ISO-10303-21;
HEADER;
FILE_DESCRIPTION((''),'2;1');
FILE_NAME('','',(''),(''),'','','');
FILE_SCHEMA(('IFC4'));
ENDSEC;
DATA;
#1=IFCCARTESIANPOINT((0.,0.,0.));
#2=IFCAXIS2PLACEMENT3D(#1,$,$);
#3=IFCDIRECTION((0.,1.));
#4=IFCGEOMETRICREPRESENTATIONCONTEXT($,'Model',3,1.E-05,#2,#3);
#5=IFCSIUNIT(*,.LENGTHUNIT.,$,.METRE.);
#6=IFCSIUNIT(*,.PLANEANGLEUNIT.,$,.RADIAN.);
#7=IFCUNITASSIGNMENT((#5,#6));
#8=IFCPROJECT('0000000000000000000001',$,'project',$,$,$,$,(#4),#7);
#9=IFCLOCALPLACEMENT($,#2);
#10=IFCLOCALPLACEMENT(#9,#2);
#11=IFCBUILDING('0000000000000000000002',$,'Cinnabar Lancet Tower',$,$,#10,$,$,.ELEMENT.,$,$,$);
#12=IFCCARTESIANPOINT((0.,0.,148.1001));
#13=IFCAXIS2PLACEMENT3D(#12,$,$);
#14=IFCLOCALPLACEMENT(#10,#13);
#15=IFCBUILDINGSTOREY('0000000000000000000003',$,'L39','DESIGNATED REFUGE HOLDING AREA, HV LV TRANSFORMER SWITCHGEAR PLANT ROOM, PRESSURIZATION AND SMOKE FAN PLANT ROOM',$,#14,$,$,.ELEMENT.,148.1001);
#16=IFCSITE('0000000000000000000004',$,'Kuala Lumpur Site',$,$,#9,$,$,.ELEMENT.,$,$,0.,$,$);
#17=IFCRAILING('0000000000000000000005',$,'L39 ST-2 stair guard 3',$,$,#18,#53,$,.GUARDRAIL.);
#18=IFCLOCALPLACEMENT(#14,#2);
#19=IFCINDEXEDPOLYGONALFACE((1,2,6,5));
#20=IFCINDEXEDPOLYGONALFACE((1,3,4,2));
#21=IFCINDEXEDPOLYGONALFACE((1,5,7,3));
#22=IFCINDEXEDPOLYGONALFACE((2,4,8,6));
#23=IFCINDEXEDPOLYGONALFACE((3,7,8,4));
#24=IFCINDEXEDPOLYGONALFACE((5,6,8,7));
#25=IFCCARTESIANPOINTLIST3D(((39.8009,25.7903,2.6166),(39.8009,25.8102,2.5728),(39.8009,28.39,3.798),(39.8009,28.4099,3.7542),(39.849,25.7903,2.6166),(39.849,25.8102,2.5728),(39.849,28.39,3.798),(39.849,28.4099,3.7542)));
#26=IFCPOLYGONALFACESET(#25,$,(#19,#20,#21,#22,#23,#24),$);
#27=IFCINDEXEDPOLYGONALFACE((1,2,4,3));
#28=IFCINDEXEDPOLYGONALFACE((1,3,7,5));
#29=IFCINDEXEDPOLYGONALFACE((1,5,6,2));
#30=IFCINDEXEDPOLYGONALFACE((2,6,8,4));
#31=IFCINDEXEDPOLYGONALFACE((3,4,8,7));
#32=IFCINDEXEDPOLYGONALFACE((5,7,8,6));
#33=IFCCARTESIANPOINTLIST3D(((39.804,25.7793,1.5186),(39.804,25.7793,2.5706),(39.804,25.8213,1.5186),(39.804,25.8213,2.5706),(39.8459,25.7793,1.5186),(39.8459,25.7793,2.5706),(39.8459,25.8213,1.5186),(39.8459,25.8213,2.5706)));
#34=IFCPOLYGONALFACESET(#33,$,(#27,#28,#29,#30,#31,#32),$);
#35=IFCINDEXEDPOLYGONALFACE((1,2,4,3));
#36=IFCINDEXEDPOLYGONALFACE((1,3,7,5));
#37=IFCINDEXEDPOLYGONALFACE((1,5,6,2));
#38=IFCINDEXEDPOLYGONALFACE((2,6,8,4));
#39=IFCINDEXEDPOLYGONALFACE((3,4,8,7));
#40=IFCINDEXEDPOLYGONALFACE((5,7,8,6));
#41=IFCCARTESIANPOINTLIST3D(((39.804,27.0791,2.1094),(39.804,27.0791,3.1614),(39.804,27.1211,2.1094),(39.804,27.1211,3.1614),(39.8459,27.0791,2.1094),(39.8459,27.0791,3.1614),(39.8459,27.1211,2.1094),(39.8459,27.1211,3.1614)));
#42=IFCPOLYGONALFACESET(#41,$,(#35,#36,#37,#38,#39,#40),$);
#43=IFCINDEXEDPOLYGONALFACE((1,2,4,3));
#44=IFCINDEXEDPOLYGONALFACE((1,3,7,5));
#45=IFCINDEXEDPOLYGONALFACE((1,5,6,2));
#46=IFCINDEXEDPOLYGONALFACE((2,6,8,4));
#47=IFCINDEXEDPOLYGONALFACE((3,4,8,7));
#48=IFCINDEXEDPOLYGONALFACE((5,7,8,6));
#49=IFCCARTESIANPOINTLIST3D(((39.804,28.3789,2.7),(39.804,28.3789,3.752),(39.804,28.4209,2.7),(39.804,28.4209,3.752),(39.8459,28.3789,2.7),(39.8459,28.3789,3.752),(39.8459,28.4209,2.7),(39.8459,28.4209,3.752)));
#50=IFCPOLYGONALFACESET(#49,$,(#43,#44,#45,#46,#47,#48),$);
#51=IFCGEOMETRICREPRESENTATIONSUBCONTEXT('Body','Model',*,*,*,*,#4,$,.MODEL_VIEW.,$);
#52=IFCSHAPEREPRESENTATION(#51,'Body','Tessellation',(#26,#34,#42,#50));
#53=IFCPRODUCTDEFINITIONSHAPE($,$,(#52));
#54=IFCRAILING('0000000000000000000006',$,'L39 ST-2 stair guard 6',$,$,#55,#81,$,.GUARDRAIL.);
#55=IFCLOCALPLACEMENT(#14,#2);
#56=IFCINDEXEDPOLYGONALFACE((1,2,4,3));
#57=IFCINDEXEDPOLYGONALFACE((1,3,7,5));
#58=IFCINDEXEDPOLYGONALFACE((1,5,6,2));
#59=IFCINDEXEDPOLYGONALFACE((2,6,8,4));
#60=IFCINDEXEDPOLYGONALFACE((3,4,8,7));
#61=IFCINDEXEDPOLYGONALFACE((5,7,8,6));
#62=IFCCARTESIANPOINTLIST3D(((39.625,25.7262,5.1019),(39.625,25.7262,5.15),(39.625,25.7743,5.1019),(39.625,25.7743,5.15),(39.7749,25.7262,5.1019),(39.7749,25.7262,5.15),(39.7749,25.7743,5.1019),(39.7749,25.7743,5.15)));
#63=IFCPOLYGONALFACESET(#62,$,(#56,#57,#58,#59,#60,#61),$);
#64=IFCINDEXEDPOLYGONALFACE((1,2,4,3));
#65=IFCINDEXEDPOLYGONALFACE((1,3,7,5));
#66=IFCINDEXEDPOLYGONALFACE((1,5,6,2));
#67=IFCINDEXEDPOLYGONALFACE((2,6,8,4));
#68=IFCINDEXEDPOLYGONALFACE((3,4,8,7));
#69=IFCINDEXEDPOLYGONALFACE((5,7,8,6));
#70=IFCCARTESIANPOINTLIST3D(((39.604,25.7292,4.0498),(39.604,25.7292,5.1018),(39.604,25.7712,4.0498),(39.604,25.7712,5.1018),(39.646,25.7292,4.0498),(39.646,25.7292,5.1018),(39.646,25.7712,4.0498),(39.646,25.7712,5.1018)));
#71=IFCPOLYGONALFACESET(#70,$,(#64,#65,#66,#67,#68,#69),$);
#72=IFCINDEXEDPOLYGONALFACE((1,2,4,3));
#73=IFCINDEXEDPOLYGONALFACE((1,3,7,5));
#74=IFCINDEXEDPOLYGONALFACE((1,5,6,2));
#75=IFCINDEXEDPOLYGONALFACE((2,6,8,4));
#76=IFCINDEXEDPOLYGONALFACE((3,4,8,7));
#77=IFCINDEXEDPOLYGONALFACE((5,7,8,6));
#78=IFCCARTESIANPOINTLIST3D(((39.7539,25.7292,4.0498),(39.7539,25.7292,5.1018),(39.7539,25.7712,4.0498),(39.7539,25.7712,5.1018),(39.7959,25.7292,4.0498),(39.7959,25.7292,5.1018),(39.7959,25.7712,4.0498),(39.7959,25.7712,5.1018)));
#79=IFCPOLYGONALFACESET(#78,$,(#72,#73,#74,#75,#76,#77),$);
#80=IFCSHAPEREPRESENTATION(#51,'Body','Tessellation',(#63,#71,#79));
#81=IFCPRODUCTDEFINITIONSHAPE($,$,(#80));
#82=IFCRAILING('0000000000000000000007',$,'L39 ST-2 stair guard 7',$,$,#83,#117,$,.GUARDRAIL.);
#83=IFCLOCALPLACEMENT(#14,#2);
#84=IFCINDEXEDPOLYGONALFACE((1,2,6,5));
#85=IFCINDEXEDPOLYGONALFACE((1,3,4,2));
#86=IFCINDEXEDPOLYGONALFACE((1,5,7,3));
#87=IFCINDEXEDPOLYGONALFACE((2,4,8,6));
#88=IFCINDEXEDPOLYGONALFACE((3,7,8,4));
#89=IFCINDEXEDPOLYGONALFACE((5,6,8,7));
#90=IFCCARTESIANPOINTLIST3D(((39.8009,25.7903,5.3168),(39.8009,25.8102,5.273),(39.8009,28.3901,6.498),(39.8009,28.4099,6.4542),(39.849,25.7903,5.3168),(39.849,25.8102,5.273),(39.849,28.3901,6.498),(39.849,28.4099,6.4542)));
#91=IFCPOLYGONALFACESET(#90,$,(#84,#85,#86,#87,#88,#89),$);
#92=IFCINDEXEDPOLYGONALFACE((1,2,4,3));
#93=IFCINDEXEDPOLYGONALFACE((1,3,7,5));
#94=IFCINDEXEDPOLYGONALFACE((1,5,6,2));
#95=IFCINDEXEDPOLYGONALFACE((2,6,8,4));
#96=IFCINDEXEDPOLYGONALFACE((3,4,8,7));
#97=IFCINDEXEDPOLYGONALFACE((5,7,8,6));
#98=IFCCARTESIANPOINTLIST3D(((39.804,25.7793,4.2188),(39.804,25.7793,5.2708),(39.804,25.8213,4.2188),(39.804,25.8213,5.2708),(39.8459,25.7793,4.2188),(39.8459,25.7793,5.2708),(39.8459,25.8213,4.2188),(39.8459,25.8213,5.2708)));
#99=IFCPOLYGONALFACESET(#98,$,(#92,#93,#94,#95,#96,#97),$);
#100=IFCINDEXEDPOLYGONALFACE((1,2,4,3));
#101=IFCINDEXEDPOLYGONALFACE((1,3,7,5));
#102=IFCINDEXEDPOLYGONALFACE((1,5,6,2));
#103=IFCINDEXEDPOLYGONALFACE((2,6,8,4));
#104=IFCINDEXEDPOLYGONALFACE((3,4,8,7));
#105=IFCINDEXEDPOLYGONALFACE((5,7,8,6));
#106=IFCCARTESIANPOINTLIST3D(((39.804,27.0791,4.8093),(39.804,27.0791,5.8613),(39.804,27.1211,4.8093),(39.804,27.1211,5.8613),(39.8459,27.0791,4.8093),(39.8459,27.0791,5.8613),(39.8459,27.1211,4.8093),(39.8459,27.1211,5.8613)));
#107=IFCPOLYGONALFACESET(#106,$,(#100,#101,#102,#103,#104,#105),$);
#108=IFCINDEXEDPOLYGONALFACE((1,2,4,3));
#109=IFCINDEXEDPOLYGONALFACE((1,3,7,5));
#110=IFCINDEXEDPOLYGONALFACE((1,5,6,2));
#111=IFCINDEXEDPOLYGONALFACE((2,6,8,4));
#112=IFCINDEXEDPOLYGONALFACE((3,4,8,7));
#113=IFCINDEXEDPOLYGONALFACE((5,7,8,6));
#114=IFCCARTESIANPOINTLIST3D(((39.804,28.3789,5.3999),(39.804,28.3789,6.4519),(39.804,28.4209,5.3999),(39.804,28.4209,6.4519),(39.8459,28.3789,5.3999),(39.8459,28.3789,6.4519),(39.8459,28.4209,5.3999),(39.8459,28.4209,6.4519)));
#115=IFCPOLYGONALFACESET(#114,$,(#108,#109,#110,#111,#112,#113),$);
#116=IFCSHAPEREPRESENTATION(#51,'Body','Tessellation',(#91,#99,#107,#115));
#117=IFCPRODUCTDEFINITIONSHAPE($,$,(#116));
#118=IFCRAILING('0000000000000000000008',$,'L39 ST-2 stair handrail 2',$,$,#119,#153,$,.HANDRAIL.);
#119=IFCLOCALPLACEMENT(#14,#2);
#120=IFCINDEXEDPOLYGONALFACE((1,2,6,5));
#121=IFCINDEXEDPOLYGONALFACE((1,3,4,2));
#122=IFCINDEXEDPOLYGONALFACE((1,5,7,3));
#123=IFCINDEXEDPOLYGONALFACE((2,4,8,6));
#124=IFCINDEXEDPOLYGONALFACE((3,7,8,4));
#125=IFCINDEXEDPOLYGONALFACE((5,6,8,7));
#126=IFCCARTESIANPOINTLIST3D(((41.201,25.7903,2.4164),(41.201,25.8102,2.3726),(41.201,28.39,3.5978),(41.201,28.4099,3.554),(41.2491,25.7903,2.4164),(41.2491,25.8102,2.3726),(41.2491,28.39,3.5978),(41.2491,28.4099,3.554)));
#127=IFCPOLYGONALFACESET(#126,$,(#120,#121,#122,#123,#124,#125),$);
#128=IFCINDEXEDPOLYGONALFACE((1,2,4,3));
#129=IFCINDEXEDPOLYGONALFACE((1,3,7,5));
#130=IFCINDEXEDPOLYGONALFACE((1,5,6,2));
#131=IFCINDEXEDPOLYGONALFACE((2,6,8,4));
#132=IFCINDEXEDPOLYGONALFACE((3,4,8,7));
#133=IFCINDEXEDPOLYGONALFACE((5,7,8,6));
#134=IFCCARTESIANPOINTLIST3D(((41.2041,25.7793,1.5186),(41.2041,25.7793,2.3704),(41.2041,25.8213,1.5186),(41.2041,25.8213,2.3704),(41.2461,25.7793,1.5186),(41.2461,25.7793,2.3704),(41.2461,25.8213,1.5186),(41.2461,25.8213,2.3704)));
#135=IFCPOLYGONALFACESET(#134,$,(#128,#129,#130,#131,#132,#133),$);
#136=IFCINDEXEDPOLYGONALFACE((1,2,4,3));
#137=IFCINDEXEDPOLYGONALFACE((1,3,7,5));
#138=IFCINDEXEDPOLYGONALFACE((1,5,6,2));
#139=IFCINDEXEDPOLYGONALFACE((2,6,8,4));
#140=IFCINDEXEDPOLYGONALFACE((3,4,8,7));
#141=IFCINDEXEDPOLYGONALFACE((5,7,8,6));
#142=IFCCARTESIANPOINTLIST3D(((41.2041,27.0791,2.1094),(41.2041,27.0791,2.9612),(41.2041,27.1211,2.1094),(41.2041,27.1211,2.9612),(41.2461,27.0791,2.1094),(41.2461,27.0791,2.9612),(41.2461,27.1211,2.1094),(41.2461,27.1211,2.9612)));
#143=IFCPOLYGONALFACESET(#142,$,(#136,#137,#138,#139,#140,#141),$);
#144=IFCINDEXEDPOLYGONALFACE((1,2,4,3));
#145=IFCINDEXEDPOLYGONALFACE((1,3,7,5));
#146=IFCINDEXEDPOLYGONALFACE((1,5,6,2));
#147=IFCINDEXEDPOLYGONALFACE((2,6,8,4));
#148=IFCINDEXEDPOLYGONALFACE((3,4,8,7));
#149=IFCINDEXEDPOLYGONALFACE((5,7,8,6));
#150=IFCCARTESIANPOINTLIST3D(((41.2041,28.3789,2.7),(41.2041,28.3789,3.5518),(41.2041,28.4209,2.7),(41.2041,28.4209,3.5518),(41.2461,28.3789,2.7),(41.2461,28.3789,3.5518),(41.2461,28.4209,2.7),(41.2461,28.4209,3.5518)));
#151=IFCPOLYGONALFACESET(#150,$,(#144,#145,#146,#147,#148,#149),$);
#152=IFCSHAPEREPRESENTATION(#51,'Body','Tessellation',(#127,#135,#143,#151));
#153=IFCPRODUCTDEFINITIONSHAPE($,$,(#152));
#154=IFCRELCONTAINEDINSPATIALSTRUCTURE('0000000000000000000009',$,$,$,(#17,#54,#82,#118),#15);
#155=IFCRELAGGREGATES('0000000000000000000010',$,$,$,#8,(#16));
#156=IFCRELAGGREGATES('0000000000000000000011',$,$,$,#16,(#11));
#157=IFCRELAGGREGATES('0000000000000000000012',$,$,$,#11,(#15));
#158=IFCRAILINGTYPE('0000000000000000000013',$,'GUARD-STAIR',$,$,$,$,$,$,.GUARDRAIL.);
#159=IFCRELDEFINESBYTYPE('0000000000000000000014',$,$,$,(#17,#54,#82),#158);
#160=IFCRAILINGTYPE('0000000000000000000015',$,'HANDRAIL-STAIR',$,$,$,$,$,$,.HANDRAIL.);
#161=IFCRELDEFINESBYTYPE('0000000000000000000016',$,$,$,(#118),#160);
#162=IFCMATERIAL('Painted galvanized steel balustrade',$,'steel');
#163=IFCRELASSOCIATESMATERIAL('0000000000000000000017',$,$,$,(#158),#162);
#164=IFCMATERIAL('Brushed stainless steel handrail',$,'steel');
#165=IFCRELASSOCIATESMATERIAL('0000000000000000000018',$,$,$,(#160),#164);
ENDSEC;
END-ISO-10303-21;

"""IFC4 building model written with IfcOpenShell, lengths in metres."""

from ifc_helpers import new_model, si_unit, direction, frame, origin, origin_2d, place, context, subcontext, project, spatial, rectangle, extrude, material, type_object, element, save


model = new_model("IFC4")

# Units and contexts
model_context = context("Model", 3, precision=1e-05, world=origin(), true_north=direction((0.0, 1.0)))
body_context = subcontext(model_context, "Body", "Model", "MODEL_VIEW")
ifc_project = project(units=[si_unit("LENGTHUNIT", "METRE"), si_unit("PLANEANGLEUNIT", "RADIAN")], contexts=[model_context])

# Site, building, storey
site_placement = place(None, origin())
site = spatial("IfcSite", under=ifc_project, at=site_placement, Name="Kuala Lumpur Site", CompositionType="ELEMENT", RefElevation=0.0)
building_placement = place(site_placement, origin())
building = spatial("IfcBuilding", under=site, at=building_placement, Name="Cinnabar Lancet Tower", CompositionType="ELEMENT")
storey_placement = place(building_placement, frame((0.0, 0.0, 148.1001)))
storey = spatial("IfcBuildingStorey", under=building, at=storey_placement, Name="L39", Description="DESIGNATED REFUGE HOLDING AREA, HV LV TRANSFORMER SWITCHGEAR PLANT ROOM, PRESSURIZATION AND SMOKE FAN PLANT ROOM", CompositionType="ELEMENT", Elevation=148.1001)

# Railings
ifc_material_1 = material(Name="Painted galvanized steel balustrade", Category="steel")
railing_type_1 = type_object("IfcRailingType", Name="GUARD-STAIR", PredefinedType="GUARDRAIL", material=ifc_material_1)
railing_1_placement = place(storey_placement, frame((39.825, 25.8003, 1.5186)))
element("IfcRailing", 1, at=railing_1_placement, inside=storey, type_object=railing_type_1, Name="L39 ST-2 stair guard 3", PredefinedType="GUARDRAIL", context=body_context, shape_type="SweptSolid", body=[
    extrude(rectangle(XDim=0.0481, YDim=0.0481, at=origin_2d()), frame((0.0, 0.0, 1.0762), z_axis=(0.0, 0.910399, 0.413732), x_axis=(-1.0, 0.0, 0.0)), (0.0, 0.0, 1.0), 2.8555),
    extrude(rectangle(XDim=0.042, YDim=0.042, at=origin_2d()), origin(), (0.0, 0.0, 1.0), 1.052),
    extrude(rectangle(XDim=0.042, YDim=0.042, at=origin_2d()), frame((0.0, 1.2998, 0.5908)), (0.0, 0.0, 1.0), 1.052),
    extrude(rectangle(XDim=0.042, YDim=0.042, at=origin_2d()), frame((0.0, 2.5996, 1.1814)), (0.0, 0.0, 1.0), 1.052),
])
railing_2_placement = place(storey_placement, frame((39.625, 25.7502, 4.0498)))
element("IfcRailing", 2, at=railing_2_placement, inside=storey, type_object=railing_type_1, Name="L39 ST-2 stair guard 6", PredefinedType="GUARDRAIL", context=body_context, shape_type="SweptSolid", body=[
    extrude(rectangle(XDim=0.0481, YDim=0.0481, at=origin_2d()), frame((0.0, 0.0, 1.0762), z_axis=(1.0, 0.0, 0.0), x_axis=(0.0, 1.0, 0.0)), (0.0, 0.0, 1.0), 0.1499),
    extrude(rectangle(XDim=0.042, YDim=0.042, at=origin_2d()), origin(), (0.0, 0.0, 1.0), 1.052),
    extrude(rectangle(XDim=0.042, YDim=0.042, at=origin_2d()), frame((0.1499, 0.0, 0.0)), (0.0, 0.0, 1.0), 1.052),
])
railing_3_placement = place(storey_placement, frame((39.825, 25.8003, 4.2188)))
element("IfcRailing", 3, at=railing_3_placement, inside=storey, type_object=railing_type_1, Name="L39 ST-2 stair guard 7", PredefinedType="GUARDRAIL", context=body_context, shape_type="SweptSolid", body=[
    extrude(rectangle(XDim=0.0481, YDim=0.0481, at=origin_2d()), frame((0.0, 0.0, 1.0762), z_axis=(0.0, 0.910431, 0.413661), x_axis=(-1.0, 0.0, 0.0)), (0.0, 0.0, 1.0), 2.8555),
    extrude(rectangle(XDim=0.042, YDim=0.042, at=origin_2d()), origin(), (0.0, 0.0, 1.0), 1.052),
    extrude(rectangle(XDim=0.042, YDim=0.042, at=origin_2d()), frame((0.0, 1.2998, 0.5906)), (0.0, 0.0, 1.0), 1.052),
    extrude(rectangle(XDim=0.042, YDim=0.042, at=origin_2d()), frame((0.0, 2.5996, 1.1812)), (0.0, 0.0, 1.0), 1.052),
])
ifc_material_2 = material(Name="Brushed stainless steel handrail", Category="steel")
railing_type_2 = type_object("IfcRailingType", Name="HANDRAIL-STAIR", PredefinedType="HANDRAIL", material=ifc_material_2)
railing_4_placement = place(storey_placement, frame((41.2251, 25.8003, 1.5186)))
element("IfcRailing", 4, at=railing_4_placement, inside=storey, type_object=railing_type_2, Name="L39 ST-2 stair handrail 2", PredefinedType="HANDRAIL", context=body_context, shape_type="SweptSolid", body=[
    extrude(rectangle(XDim=0.0481, YDim=0.0481, at=origin_2d()), frame((0.0, 0.0, 0.876), z_axis=(0.0, 0.910399, 0.413732), x_axis=(-1.0, 0.0, 0.0)), (0.0, 0.0, 1.0), 2.8555),
    extrude(rectangle(XDim=0.042, YDim=0.042, at=origin_2d()), origin(), (0.0, 0.0, 1.0), 0.8518),
    extrude(rectangle(XDim=0.042, YDim=0.042, at=origin_2d()), frame((0.0, 1.2998, 0.5908)), (0.0, 0.0, 1.0), 0.8518),
    extrude(rectangle(XDim=0.042, YDim=0.042, at=origin_2d()), frame((0.0, 2.5996, 1.1814)), (0.0, 0.0, 1.0), 0.8518),
])

save(model, "model.ifc")
